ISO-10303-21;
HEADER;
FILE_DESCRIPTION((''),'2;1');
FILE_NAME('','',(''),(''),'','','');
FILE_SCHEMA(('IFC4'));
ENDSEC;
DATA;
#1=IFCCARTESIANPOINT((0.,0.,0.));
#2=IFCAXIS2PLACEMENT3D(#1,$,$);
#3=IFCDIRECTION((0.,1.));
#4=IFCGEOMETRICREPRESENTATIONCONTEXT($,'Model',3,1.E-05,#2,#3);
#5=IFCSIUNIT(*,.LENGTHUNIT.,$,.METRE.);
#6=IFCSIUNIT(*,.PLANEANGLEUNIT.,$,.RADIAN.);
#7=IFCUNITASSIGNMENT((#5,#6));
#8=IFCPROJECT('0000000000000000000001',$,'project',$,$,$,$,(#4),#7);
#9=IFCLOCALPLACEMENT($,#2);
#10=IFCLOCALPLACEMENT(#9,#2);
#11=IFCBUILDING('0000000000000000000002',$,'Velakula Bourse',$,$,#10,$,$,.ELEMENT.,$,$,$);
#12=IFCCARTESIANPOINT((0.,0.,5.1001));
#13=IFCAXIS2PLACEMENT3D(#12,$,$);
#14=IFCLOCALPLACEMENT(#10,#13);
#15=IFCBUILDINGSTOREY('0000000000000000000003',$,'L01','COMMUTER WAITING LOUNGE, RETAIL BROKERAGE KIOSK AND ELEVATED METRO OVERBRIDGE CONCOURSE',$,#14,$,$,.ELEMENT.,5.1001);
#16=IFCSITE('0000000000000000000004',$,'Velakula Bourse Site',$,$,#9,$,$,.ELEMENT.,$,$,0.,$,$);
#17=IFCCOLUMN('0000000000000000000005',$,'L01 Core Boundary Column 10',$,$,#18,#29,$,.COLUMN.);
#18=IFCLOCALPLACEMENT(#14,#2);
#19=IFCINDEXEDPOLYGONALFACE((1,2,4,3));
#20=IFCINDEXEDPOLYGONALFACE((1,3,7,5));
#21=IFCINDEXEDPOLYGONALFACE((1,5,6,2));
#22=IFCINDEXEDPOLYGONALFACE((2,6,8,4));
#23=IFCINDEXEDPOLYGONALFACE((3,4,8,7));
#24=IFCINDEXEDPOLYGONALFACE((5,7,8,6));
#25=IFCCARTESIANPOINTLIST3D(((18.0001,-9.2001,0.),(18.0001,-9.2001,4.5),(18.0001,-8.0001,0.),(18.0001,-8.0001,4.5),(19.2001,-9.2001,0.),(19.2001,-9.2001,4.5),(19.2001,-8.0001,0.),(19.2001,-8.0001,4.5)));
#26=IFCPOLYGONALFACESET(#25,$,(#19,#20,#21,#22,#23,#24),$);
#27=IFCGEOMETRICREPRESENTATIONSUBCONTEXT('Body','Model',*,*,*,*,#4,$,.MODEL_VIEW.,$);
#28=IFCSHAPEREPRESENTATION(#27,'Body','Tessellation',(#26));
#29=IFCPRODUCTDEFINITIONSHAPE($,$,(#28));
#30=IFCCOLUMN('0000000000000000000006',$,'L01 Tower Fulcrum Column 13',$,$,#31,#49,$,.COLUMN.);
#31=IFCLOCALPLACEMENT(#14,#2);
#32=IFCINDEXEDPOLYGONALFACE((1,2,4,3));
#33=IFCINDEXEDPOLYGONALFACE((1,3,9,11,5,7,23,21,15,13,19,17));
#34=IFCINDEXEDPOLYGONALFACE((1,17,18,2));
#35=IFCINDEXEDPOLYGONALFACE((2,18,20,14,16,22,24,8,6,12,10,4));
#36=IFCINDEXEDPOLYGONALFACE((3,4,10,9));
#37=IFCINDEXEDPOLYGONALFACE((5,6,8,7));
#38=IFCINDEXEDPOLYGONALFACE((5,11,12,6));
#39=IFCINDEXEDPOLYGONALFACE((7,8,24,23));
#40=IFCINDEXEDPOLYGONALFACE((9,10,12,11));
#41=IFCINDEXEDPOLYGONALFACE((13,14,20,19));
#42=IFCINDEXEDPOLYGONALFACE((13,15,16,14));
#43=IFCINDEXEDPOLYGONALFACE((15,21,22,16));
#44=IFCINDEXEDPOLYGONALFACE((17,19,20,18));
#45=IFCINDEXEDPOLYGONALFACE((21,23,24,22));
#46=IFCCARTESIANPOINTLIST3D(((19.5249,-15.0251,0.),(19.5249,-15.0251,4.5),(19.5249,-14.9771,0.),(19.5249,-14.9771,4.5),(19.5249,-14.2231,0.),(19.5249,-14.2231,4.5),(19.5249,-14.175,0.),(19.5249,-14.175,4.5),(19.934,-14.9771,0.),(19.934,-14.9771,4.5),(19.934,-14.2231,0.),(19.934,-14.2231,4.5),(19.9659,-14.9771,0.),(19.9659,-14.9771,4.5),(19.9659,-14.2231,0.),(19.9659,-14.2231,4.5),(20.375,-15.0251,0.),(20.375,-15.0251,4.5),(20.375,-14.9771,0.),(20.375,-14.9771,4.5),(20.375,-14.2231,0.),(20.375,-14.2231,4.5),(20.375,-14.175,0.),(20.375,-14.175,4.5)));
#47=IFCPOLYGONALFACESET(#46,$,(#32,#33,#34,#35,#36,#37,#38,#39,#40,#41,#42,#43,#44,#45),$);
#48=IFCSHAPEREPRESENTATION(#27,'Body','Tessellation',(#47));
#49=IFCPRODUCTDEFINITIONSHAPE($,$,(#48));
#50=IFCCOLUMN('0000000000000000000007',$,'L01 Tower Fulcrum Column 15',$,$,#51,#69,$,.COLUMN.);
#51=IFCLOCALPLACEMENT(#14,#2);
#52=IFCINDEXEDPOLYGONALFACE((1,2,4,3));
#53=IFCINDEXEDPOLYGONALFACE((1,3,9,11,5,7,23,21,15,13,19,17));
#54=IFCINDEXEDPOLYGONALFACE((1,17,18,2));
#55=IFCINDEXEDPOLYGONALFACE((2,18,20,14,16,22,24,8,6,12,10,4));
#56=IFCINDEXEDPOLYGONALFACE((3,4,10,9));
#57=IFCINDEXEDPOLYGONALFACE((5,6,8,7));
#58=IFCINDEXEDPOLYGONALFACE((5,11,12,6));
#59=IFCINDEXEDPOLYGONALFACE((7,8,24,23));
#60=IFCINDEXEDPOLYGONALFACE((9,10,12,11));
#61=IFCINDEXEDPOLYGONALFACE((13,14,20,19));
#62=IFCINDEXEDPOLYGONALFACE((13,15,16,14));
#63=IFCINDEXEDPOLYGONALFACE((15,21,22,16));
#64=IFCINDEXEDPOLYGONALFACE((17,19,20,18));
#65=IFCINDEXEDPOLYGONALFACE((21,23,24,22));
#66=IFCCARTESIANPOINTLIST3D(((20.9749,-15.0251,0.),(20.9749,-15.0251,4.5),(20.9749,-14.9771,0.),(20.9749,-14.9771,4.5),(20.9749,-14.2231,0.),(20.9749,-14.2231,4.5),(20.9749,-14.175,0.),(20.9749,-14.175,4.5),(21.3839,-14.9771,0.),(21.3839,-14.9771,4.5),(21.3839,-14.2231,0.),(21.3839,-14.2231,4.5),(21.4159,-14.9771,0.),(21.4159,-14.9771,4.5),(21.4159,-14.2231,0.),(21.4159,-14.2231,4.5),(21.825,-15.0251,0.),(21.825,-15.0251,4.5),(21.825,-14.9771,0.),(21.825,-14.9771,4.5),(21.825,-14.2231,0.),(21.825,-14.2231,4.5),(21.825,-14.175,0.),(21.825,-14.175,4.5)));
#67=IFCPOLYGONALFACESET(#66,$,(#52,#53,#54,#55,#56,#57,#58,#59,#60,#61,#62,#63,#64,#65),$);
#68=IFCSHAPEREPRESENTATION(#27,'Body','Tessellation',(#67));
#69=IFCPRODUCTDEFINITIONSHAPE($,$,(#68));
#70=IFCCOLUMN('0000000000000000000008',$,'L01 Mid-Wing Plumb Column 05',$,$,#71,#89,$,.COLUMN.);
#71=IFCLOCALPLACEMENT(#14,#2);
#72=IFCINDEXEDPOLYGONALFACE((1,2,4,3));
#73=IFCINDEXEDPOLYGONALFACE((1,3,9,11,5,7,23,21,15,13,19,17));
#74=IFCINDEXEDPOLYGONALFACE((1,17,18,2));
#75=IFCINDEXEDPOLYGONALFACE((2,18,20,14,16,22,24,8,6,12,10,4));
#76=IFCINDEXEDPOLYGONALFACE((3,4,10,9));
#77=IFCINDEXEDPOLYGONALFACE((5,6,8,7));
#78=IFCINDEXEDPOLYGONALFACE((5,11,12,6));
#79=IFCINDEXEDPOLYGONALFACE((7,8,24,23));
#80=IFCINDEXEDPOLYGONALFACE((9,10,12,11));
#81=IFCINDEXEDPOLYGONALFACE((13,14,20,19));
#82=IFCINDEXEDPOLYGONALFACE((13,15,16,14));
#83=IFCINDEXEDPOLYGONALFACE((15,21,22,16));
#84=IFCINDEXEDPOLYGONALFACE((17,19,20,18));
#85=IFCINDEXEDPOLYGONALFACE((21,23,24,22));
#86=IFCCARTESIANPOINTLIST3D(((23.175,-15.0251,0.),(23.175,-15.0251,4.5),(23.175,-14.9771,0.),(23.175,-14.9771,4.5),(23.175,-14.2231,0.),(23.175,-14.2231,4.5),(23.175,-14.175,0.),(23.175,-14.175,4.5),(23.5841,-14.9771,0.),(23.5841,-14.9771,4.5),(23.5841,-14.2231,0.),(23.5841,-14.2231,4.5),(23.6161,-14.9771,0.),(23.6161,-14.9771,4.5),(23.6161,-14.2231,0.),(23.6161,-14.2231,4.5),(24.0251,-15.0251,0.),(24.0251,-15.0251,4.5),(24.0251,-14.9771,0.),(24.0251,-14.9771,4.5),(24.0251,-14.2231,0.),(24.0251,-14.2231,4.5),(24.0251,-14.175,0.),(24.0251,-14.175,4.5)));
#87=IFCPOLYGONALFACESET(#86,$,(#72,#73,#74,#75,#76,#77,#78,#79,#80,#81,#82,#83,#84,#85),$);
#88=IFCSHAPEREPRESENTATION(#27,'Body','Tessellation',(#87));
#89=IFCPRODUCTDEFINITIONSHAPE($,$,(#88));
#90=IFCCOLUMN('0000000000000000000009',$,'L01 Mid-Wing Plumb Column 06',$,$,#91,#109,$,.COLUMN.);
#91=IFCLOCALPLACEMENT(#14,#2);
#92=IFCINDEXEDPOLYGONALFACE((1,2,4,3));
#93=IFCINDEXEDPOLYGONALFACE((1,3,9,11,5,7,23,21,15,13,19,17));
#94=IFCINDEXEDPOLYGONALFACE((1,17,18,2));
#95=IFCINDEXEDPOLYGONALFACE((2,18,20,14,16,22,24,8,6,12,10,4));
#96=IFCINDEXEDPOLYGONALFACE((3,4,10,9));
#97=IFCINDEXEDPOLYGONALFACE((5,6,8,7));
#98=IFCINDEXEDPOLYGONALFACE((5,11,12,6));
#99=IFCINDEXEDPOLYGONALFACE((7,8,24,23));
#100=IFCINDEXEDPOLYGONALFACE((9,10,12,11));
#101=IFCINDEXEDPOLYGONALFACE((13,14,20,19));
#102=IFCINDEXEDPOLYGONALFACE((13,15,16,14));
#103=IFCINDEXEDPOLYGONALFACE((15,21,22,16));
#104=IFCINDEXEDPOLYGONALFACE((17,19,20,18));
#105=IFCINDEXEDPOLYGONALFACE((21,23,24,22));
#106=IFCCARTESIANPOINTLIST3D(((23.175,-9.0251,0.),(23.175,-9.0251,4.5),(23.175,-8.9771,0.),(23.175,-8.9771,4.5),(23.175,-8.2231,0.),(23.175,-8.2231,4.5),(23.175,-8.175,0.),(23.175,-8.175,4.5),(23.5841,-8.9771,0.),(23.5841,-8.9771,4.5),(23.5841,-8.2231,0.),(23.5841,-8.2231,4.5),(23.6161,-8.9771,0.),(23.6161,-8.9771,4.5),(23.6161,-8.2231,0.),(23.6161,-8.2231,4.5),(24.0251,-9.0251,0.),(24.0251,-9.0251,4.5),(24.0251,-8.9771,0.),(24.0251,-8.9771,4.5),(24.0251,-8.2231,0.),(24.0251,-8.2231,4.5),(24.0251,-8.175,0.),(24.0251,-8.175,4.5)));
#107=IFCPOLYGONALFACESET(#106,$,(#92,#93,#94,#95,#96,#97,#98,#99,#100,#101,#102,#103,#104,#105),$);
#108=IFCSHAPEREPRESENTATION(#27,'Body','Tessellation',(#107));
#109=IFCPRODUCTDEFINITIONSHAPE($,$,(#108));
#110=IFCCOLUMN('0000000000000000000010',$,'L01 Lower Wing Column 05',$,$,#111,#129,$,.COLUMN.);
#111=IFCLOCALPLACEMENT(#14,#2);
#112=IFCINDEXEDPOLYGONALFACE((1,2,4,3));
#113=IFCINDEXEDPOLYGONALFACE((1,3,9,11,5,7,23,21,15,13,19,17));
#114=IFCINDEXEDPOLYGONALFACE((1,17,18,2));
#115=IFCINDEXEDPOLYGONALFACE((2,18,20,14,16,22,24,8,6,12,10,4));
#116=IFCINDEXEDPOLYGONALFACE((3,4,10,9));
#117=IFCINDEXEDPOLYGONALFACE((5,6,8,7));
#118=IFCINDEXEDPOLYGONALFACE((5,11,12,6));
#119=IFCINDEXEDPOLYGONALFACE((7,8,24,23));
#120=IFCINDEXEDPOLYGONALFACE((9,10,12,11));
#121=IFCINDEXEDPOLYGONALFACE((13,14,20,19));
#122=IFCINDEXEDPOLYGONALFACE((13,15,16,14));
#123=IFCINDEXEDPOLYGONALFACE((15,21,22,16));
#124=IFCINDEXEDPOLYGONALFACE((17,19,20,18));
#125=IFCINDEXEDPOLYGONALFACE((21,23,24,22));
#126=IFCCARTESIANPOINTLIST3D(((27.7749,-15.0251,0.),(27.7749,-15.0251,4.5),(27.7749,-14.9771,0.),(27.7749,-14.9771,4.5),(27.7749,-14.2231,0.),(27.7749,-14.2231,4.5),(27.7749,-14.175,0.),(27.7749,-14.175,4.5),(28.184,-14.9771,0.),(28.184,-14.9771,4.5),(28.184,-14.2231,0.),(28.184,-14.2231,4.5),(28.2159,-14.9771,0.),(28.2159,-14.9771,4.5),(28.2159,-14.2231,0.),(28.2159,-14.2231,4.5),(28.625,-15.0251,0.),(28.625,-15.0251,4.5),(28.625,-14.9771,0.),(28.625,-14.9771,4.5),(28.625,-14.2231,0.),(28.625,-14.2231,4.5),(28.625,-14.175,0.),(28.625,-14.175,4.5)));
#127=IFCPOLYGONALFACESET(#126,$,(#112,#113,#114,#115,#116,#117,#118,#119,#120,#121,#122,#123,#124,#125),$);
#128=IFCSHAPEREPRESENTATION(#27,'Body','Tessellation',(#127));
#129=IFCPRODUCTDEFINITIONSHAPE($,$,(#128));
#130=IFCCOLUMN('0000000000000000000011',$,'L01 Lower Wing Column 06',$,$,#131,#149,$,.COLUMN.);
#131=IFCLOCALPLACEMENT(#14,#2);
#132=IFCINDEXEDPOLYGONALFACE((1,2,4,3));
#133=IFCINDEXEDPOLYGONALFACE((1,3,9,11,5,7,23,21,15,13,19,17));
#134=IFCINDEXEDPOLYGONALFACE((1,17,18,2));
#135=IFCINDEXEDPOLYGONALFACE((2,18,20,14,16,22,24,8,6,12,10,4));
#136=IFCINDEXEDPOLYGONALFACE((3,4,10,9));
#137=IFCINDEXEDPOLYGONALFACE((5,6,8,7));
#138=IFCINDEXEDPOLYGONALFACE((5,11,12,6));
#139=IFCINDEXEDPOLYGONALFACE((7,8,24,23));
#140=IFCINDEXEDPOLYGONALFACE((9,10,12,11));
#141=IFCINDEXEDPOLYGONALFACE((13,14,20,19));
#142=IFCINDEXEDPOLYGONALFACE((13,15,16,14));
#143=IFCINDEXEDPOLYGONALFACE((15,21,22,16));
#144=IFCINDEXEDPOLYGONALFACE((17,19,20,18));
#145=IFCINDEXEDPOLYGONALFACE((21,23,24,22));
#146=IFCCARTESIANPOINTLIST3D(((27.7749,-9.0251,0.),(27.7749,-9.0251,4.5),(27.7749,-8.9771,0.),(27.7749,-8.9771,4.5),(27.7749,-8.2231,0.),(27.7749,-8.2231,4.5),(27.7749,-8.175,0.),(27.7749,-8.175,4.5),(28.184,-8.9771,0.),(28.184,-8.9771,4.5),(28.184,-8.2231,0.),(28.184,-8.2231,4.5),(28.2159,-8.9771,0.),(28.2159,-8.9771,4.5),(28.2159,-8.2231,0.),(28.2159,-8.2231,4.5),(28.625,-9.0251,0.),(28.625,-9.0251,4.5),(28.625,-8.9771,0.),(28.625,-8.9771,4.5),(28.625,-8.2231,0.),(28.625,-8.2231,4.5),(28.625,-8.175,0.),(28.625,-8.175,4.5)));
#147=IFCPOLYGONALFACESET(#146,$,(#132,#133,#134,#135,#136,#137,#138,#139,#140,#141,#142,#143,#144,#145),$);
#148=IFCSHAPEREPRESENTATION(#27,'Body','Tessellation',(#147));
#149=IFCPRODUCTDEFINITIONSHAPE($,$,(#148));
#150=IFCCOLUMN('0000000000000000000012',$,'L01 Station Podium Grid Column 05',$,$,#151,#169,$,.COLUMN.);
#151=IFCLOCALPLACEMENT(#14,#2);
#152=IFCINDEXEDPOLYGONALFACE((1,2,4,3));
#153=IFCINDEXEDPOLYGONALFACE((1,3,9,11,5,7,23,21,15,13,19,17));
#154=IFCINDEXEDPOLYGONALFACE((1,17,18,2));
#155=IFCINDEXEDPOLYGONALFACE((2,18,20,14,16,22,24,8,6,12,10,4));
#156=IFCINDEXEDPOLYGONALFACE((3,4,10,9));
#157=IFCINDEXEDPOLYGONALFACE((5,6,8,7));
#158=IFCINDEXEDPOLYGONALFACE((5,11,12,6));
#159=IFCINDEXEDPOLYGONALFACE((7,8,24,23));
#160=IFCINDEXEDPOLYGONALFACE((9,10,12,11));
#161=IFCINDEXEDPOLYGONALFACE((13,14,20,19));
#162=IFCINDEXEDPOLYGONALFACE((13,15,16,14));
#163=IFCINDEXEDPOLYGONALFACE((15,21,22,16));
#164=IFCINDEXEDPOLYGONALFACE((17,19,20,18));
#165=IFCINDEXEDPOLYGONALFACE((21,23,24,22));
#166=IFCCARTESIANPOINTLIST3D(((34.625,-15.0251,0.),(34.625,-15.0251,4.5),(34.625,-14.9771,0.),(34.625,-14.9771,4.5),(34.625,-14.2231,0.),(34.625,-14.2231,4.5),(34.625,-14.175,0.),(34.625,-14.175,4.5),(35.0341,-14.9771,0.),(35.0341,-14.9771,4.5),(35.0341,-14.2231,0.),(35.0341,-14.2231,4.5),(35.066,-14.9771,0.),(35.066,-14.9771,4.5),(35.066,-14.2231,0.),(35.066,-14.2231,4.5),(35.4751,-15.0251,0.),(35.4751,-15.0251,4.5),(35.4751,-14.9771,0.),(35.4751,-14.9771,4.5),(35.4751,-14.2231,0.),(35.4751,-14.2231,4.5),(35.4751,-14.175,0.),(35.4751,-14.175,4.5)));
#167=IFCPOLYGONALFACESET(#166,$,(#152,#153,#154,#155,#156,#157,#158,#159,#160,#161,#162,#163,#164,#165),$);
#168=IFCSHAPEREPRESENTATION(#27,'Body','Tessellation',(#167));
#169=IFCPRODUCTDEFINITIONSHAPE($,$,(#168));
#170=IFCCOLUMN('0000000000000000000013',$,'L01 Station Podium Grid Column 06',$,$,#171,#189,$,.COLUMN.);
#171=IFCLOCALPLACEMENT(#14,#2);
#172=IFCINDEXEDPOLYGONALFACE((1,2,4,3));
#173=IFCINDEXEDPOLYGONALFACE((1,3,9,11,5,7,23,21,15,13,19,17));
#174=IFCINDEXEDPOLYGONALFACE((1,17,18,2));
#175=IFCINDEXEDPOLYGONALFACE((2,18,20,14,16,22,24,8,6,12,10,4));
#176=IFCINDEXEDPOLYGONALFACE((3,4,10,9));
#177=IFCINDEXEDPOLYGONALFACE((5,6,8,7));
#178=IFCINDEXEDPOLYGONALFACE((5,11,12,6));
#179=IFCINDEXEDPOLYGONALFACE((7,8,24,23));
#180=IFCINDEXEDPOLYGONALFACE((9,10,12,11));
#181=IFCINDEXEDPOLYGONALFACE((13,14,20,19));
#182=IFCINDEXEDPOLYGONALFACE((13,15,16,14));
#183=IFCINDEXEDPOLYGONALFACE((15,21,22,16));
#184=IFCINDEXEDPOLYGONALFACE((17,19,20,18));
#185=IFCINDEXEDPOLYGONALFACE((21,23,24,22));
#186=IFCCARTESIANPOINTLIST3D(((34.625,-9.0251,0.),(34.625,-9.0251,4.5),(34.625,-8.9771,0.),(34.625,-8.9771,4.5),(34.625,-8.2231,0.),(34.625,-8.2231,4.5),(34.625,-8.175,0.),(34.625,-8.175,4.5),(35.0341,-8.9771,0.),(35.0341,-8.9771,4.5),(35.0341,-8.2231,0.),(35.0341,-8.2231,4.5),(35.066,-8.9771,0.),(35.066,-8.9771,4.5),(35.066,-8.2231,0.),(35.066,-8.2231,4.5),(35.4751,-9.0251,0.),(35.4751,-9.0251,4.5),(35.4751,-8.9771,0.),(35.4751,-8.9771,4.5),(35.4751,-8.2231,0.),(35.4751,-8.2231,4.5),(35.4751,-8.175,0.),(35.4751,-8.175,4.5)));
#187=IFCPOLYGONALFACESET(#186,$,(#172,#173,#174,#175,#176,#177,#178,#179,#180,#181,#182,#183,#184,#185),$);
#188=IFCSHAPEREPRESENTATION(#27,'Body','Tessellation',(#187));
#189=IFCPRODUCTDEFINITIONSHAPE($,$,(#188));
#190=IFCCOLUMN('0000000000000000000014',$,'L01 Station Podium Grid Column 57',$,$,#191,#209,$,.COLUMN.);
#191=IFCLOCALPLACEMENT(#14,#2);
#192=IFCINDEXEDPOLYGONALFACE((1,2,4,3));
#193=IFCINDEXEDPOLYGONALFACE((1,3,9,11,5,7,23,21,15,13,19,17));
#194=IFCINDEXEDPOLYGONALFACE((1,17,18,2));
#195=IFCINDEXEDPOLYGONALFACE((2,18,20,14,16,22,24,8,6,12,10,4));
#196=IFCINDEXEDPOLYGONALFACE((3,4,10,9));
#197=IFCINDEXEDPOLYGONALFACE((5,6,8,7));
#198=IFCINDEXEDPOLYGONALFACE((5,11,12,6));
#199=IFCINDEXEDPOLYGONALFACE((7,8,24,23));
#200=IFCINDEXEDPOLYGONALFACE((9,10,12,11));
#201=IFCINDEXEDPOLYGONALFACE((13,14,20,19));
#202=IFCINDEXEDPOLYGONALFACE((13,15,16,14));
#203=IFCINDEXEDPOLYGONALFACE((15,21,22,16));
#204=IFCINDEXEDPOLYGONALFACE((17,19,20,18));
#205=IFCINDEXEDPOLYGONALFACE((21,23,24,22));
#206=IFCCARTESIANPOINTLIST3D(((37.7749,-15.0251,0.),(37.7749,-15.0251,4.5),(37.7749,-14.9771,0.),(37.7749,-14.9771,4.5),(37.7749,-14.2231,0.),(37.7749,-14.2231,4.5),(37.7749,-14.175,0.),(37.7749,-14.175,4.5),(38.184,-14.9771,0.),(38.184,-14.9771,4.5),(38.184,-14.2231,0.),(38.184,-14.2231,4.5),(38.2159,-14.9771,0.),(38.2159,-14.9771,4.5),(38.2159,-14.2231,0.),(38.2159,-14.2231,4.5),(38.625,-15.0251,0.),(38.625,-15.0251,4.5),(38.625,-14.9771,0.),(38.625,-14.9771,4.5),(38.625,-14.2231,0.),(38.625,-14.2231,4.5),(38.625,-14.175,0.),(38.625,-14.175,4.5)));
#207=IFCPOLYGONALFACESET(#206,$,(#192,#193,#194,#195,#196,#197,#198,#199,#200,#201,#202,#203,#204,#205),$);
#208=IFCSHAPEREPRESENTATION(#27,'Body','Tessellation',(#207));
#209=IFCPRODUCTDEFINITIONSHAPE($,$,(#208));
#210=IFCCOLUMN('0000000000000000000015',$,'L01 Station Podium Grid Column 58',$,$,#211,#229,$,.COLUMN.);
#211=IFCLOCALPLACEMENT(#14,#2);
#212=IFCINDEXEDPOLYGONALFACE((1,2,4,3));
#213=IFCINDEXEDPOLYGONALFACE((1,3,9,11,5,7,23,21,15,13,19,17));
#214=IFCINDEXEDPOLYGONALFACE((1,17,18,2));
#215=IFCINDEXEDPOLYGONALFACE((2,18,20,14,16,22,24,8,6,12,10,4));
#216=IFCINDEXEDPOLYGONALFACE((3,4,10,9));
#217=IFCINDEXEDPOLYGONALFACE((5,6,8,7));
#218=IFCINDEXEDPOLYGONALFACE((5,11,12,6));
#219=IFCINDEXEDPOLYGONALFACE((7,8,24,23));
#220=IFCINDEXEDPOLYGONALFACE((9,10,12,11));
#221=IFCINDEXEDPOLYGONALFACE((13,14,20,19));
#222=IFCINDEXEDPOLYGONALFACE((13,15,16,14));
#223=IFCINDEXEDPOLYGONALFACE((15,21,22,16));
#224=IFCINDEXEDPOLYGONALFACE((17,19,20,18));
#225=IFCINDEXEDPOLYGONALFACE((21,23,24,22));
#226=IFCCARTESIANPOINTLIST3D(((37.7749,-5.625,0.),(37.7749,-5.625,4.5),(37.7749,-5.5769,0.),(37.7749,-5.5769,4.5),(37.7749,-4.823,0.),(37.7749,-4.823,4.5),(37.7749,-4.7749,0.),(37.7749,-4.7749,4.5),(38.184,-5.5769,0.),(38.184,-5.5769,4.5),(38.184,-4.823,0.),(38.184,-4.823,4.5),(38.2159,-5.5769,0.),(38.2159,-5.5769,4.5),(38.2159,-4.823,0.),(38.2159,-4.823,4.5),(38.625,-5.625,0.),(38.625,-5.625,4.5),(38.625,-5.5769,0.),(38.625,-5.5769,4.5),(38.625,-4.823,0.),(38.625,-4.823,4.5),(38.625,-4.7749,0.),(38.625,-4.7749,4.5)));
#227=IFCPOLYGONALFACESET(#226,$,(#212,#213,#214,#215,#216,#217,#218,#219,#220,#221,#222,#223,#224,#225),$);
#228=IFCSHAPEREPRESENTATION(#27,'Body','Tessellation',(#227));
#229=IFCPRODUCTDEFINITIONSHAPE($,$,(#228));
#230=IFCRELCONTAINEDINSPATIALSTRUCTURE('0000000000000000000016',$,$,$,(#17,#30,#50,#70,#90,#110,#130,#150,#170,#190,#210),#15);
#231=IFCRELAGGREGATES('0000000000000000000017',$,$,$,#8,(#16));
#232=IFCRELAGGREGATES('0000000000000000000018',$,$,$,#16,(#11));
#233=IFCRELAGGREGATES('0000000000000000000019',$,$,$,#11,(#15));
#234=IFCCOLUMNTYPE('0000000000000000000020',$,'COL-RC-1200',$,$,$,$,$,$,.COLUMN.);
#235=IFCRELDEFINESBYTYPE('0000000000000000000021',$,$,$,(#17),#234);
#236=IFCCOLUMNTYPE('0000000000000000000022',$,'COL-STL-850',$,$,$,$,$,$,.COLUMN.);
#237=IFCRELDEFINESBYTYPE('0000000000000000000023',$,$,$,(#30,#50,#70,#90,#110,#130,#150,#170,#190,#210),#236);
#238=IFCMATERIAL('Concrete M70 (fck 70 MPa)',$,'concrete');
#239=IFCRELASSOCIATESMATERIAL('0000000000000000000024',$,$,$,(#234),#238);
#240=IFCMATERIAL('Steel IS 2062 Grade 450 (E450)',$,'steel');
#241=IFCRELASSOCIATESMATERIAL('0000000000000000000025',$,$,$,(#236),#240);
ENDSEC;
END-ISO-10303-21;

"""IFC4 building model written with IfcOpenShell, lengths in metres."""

from ifc_helpers import new_model, si_unit, direction, frame, origin, origin_2d, place, context, subcontext, project, spatial, rectangle, i_section, extrude, material, material_profile, profile_set, type_object, element, save


model = new_model("IFC4")

# Units and contexts
model_context = context("Model", 3, precision=1e-05, world=origin(), true_north=direction((0.0, 1.0)))
body_context = subcontext(model_context, "Body", "Model", "MODEL_VIEW")
ifc_project = project(units=[si_unit("LENGTHUNIT", "METRE"), si_unit("PLANEANGLEUNIT", "RADIAN")], contexts=[model_context])

# Site, building, storey
site_placement = place(None, origin())
site = spatial("IfcSite", under=ifc_project, at=site_placement, Name="Velakula Bourse Site", CompositionType="ELEMENT", RefElevation=0.0)
building_placement = place(site_placement, origin())
building = spatial("IfcBuilding", under=site, at=building_placement, Name="Velakula Bourse", CompositionType="ELEMENT")
storey_placement = place(building_placement, frame((0.0, 0.0, 5.1001)))
storey = spatial("IfcBuildingStorey", under=building, at=storey_placement, Name="L01", Description="COMMUTER WAITING LOUNGE, RETAIL BROKERAGE KIOSK AND ELEVATED METRO OVERBRIDGE CONCOURSE", CompositionType="ELEMENT", Elevation=5.1001)

# Columns
ifc_material_1 = material(Name="Concrete M70 (fck 70 MPa)", Category="concrete")
ifc_material_profile_1 = material_profile(ifc_material_1, rectangle(XDim=1.2, YDim=1.2, at=origin_2d()), Name="Concrete M70 (fck 70 MPa)")
ifc_profile_set_1 = profile_set([ifc_material_profile_1], Name="Concrete M70 (fck 70 MPa)")
column_type_1 = type_object("IfcColumnType", Name="COL-RC-1200", PredefinedType="COLUMN", material=ifc_profile_set_1)
column_placement = place(storey_placement, frame((18.6001, -8.6001, 0.0), z_axis=(0.0, 0.0, 1.0), x_axis=(1.0, 0.0, 0.0)))
element("IfcColumn", 1, at=column_placement, inside=storey, type_object=column_type_1, Name="L01 Core Boundary Column 10", PredefinedType="COLUMN", context=body_context, shape_type="SweptSolid", body=[
    extrude(rectangle(XDim=1.2, YDim=1.2, at=origin_2d()), origin(), (0.0, 0.0, 1.0), 4.5),
])
ifc_material_2 = material(Name="Steel IS 2062 Grade 450 (E450)", Category="steel")
ifc_material_profile_2 = material_profile(ifc_material_2, i_section(OverallWidth=0.8501, OverallDepth=0.8501, WebThickness=0.032, FlangeThickness=0.0481, at=origin_2d()), Name="Steel IS 2062 Grade 450 (E450)")
ifc_profile_set_2 = profile_set([ifc_material_profile_2], Name="Steel IS 2062 Grade 450 (E450)")
column_type_2 = type_object("IfcColumnType", Name="COL-STL-850", PredefinedType="COLUMN", material=ifc_profile_set_2)
for number, where, z_axis, x_axis, name in (
    (2, (19.95, -14.6001, 0.0), (0.0, 0.0, 1.0), (1.0, 0.0, 0.0), "L01 Tower Fulcrum Column 13"),
    (3, (21.3999, -14.6001, 0.0), (0.0, 0.0, 1.0), (1.0, 0.0, 0.0), "L01 Tower Fulcrum Column 15"),
    (4, (23.6001, -14.6001, 0.0), (0.0, 0.0, 1.0), (1.0, 0.0, 0.0), "L01 Mid-Wing Plumb Column 05"),
    (5, (23.6001, -8.6001, 0.0), (0.0, 0.0, 1.0), (1.0, 0.0, 0.0), "L01 Mid-Wing Plumb Column 06"),
    (6, (28.2, -14.6001, 0.0), (0.0, 0.0, 1.0), (1.0, 0.0, 0.0), "L01 Lower Wing Column 05"),
    (7, (28.2, -8.6001, 0.0), (0.0, 0.0, 1.0), (1.0, 0.0, 0.0), "L01 Lower Wing Column 06"),
    (8, (35.05, -14.6001, 0.0), (0.0, 0.0, 1.0), (1.0, 0.0, 0.0), "L01 Station Podium Grid Column 05"),
    (9, (35.05, -8.6001, 0.0), (0.0, 0.0, 1.0), (1.0, 0.0, 0.0), "L01 Station Podium Grid Column 06"),
    (10, (38.2, -14.6001, 0.0), (0.0, 0.0, 1.0), (1.0, 0.0, 0.0), "L01 Station Podium Grid Column 57"),
    (11, (38.2, -5.2, 0.0), (0.0, 0.0, 1.0), (1.0, 0.0, 0.0), "L01 Station Podium Grid Column 58"),
):
    element("IfcColumn", number, at=place(storey_placement, frame(where, z_axis=z_axis, x_axis=x_axis)), inside=storey, type_object=column_type_2, Name=name, PredefinedType="COLUMN", context=body_context, shape_type="SweptSolid", body=[
        extrude(i_section(OverallWidth=0.8501, OverallDepth=0.8501, WebThickness=0.032, FlangeThickness=0.0481, at=origin_2d()), origin(), (0.0, 0.0, 1.0), 4.5),
    ])

save(model, "model.ifc")
